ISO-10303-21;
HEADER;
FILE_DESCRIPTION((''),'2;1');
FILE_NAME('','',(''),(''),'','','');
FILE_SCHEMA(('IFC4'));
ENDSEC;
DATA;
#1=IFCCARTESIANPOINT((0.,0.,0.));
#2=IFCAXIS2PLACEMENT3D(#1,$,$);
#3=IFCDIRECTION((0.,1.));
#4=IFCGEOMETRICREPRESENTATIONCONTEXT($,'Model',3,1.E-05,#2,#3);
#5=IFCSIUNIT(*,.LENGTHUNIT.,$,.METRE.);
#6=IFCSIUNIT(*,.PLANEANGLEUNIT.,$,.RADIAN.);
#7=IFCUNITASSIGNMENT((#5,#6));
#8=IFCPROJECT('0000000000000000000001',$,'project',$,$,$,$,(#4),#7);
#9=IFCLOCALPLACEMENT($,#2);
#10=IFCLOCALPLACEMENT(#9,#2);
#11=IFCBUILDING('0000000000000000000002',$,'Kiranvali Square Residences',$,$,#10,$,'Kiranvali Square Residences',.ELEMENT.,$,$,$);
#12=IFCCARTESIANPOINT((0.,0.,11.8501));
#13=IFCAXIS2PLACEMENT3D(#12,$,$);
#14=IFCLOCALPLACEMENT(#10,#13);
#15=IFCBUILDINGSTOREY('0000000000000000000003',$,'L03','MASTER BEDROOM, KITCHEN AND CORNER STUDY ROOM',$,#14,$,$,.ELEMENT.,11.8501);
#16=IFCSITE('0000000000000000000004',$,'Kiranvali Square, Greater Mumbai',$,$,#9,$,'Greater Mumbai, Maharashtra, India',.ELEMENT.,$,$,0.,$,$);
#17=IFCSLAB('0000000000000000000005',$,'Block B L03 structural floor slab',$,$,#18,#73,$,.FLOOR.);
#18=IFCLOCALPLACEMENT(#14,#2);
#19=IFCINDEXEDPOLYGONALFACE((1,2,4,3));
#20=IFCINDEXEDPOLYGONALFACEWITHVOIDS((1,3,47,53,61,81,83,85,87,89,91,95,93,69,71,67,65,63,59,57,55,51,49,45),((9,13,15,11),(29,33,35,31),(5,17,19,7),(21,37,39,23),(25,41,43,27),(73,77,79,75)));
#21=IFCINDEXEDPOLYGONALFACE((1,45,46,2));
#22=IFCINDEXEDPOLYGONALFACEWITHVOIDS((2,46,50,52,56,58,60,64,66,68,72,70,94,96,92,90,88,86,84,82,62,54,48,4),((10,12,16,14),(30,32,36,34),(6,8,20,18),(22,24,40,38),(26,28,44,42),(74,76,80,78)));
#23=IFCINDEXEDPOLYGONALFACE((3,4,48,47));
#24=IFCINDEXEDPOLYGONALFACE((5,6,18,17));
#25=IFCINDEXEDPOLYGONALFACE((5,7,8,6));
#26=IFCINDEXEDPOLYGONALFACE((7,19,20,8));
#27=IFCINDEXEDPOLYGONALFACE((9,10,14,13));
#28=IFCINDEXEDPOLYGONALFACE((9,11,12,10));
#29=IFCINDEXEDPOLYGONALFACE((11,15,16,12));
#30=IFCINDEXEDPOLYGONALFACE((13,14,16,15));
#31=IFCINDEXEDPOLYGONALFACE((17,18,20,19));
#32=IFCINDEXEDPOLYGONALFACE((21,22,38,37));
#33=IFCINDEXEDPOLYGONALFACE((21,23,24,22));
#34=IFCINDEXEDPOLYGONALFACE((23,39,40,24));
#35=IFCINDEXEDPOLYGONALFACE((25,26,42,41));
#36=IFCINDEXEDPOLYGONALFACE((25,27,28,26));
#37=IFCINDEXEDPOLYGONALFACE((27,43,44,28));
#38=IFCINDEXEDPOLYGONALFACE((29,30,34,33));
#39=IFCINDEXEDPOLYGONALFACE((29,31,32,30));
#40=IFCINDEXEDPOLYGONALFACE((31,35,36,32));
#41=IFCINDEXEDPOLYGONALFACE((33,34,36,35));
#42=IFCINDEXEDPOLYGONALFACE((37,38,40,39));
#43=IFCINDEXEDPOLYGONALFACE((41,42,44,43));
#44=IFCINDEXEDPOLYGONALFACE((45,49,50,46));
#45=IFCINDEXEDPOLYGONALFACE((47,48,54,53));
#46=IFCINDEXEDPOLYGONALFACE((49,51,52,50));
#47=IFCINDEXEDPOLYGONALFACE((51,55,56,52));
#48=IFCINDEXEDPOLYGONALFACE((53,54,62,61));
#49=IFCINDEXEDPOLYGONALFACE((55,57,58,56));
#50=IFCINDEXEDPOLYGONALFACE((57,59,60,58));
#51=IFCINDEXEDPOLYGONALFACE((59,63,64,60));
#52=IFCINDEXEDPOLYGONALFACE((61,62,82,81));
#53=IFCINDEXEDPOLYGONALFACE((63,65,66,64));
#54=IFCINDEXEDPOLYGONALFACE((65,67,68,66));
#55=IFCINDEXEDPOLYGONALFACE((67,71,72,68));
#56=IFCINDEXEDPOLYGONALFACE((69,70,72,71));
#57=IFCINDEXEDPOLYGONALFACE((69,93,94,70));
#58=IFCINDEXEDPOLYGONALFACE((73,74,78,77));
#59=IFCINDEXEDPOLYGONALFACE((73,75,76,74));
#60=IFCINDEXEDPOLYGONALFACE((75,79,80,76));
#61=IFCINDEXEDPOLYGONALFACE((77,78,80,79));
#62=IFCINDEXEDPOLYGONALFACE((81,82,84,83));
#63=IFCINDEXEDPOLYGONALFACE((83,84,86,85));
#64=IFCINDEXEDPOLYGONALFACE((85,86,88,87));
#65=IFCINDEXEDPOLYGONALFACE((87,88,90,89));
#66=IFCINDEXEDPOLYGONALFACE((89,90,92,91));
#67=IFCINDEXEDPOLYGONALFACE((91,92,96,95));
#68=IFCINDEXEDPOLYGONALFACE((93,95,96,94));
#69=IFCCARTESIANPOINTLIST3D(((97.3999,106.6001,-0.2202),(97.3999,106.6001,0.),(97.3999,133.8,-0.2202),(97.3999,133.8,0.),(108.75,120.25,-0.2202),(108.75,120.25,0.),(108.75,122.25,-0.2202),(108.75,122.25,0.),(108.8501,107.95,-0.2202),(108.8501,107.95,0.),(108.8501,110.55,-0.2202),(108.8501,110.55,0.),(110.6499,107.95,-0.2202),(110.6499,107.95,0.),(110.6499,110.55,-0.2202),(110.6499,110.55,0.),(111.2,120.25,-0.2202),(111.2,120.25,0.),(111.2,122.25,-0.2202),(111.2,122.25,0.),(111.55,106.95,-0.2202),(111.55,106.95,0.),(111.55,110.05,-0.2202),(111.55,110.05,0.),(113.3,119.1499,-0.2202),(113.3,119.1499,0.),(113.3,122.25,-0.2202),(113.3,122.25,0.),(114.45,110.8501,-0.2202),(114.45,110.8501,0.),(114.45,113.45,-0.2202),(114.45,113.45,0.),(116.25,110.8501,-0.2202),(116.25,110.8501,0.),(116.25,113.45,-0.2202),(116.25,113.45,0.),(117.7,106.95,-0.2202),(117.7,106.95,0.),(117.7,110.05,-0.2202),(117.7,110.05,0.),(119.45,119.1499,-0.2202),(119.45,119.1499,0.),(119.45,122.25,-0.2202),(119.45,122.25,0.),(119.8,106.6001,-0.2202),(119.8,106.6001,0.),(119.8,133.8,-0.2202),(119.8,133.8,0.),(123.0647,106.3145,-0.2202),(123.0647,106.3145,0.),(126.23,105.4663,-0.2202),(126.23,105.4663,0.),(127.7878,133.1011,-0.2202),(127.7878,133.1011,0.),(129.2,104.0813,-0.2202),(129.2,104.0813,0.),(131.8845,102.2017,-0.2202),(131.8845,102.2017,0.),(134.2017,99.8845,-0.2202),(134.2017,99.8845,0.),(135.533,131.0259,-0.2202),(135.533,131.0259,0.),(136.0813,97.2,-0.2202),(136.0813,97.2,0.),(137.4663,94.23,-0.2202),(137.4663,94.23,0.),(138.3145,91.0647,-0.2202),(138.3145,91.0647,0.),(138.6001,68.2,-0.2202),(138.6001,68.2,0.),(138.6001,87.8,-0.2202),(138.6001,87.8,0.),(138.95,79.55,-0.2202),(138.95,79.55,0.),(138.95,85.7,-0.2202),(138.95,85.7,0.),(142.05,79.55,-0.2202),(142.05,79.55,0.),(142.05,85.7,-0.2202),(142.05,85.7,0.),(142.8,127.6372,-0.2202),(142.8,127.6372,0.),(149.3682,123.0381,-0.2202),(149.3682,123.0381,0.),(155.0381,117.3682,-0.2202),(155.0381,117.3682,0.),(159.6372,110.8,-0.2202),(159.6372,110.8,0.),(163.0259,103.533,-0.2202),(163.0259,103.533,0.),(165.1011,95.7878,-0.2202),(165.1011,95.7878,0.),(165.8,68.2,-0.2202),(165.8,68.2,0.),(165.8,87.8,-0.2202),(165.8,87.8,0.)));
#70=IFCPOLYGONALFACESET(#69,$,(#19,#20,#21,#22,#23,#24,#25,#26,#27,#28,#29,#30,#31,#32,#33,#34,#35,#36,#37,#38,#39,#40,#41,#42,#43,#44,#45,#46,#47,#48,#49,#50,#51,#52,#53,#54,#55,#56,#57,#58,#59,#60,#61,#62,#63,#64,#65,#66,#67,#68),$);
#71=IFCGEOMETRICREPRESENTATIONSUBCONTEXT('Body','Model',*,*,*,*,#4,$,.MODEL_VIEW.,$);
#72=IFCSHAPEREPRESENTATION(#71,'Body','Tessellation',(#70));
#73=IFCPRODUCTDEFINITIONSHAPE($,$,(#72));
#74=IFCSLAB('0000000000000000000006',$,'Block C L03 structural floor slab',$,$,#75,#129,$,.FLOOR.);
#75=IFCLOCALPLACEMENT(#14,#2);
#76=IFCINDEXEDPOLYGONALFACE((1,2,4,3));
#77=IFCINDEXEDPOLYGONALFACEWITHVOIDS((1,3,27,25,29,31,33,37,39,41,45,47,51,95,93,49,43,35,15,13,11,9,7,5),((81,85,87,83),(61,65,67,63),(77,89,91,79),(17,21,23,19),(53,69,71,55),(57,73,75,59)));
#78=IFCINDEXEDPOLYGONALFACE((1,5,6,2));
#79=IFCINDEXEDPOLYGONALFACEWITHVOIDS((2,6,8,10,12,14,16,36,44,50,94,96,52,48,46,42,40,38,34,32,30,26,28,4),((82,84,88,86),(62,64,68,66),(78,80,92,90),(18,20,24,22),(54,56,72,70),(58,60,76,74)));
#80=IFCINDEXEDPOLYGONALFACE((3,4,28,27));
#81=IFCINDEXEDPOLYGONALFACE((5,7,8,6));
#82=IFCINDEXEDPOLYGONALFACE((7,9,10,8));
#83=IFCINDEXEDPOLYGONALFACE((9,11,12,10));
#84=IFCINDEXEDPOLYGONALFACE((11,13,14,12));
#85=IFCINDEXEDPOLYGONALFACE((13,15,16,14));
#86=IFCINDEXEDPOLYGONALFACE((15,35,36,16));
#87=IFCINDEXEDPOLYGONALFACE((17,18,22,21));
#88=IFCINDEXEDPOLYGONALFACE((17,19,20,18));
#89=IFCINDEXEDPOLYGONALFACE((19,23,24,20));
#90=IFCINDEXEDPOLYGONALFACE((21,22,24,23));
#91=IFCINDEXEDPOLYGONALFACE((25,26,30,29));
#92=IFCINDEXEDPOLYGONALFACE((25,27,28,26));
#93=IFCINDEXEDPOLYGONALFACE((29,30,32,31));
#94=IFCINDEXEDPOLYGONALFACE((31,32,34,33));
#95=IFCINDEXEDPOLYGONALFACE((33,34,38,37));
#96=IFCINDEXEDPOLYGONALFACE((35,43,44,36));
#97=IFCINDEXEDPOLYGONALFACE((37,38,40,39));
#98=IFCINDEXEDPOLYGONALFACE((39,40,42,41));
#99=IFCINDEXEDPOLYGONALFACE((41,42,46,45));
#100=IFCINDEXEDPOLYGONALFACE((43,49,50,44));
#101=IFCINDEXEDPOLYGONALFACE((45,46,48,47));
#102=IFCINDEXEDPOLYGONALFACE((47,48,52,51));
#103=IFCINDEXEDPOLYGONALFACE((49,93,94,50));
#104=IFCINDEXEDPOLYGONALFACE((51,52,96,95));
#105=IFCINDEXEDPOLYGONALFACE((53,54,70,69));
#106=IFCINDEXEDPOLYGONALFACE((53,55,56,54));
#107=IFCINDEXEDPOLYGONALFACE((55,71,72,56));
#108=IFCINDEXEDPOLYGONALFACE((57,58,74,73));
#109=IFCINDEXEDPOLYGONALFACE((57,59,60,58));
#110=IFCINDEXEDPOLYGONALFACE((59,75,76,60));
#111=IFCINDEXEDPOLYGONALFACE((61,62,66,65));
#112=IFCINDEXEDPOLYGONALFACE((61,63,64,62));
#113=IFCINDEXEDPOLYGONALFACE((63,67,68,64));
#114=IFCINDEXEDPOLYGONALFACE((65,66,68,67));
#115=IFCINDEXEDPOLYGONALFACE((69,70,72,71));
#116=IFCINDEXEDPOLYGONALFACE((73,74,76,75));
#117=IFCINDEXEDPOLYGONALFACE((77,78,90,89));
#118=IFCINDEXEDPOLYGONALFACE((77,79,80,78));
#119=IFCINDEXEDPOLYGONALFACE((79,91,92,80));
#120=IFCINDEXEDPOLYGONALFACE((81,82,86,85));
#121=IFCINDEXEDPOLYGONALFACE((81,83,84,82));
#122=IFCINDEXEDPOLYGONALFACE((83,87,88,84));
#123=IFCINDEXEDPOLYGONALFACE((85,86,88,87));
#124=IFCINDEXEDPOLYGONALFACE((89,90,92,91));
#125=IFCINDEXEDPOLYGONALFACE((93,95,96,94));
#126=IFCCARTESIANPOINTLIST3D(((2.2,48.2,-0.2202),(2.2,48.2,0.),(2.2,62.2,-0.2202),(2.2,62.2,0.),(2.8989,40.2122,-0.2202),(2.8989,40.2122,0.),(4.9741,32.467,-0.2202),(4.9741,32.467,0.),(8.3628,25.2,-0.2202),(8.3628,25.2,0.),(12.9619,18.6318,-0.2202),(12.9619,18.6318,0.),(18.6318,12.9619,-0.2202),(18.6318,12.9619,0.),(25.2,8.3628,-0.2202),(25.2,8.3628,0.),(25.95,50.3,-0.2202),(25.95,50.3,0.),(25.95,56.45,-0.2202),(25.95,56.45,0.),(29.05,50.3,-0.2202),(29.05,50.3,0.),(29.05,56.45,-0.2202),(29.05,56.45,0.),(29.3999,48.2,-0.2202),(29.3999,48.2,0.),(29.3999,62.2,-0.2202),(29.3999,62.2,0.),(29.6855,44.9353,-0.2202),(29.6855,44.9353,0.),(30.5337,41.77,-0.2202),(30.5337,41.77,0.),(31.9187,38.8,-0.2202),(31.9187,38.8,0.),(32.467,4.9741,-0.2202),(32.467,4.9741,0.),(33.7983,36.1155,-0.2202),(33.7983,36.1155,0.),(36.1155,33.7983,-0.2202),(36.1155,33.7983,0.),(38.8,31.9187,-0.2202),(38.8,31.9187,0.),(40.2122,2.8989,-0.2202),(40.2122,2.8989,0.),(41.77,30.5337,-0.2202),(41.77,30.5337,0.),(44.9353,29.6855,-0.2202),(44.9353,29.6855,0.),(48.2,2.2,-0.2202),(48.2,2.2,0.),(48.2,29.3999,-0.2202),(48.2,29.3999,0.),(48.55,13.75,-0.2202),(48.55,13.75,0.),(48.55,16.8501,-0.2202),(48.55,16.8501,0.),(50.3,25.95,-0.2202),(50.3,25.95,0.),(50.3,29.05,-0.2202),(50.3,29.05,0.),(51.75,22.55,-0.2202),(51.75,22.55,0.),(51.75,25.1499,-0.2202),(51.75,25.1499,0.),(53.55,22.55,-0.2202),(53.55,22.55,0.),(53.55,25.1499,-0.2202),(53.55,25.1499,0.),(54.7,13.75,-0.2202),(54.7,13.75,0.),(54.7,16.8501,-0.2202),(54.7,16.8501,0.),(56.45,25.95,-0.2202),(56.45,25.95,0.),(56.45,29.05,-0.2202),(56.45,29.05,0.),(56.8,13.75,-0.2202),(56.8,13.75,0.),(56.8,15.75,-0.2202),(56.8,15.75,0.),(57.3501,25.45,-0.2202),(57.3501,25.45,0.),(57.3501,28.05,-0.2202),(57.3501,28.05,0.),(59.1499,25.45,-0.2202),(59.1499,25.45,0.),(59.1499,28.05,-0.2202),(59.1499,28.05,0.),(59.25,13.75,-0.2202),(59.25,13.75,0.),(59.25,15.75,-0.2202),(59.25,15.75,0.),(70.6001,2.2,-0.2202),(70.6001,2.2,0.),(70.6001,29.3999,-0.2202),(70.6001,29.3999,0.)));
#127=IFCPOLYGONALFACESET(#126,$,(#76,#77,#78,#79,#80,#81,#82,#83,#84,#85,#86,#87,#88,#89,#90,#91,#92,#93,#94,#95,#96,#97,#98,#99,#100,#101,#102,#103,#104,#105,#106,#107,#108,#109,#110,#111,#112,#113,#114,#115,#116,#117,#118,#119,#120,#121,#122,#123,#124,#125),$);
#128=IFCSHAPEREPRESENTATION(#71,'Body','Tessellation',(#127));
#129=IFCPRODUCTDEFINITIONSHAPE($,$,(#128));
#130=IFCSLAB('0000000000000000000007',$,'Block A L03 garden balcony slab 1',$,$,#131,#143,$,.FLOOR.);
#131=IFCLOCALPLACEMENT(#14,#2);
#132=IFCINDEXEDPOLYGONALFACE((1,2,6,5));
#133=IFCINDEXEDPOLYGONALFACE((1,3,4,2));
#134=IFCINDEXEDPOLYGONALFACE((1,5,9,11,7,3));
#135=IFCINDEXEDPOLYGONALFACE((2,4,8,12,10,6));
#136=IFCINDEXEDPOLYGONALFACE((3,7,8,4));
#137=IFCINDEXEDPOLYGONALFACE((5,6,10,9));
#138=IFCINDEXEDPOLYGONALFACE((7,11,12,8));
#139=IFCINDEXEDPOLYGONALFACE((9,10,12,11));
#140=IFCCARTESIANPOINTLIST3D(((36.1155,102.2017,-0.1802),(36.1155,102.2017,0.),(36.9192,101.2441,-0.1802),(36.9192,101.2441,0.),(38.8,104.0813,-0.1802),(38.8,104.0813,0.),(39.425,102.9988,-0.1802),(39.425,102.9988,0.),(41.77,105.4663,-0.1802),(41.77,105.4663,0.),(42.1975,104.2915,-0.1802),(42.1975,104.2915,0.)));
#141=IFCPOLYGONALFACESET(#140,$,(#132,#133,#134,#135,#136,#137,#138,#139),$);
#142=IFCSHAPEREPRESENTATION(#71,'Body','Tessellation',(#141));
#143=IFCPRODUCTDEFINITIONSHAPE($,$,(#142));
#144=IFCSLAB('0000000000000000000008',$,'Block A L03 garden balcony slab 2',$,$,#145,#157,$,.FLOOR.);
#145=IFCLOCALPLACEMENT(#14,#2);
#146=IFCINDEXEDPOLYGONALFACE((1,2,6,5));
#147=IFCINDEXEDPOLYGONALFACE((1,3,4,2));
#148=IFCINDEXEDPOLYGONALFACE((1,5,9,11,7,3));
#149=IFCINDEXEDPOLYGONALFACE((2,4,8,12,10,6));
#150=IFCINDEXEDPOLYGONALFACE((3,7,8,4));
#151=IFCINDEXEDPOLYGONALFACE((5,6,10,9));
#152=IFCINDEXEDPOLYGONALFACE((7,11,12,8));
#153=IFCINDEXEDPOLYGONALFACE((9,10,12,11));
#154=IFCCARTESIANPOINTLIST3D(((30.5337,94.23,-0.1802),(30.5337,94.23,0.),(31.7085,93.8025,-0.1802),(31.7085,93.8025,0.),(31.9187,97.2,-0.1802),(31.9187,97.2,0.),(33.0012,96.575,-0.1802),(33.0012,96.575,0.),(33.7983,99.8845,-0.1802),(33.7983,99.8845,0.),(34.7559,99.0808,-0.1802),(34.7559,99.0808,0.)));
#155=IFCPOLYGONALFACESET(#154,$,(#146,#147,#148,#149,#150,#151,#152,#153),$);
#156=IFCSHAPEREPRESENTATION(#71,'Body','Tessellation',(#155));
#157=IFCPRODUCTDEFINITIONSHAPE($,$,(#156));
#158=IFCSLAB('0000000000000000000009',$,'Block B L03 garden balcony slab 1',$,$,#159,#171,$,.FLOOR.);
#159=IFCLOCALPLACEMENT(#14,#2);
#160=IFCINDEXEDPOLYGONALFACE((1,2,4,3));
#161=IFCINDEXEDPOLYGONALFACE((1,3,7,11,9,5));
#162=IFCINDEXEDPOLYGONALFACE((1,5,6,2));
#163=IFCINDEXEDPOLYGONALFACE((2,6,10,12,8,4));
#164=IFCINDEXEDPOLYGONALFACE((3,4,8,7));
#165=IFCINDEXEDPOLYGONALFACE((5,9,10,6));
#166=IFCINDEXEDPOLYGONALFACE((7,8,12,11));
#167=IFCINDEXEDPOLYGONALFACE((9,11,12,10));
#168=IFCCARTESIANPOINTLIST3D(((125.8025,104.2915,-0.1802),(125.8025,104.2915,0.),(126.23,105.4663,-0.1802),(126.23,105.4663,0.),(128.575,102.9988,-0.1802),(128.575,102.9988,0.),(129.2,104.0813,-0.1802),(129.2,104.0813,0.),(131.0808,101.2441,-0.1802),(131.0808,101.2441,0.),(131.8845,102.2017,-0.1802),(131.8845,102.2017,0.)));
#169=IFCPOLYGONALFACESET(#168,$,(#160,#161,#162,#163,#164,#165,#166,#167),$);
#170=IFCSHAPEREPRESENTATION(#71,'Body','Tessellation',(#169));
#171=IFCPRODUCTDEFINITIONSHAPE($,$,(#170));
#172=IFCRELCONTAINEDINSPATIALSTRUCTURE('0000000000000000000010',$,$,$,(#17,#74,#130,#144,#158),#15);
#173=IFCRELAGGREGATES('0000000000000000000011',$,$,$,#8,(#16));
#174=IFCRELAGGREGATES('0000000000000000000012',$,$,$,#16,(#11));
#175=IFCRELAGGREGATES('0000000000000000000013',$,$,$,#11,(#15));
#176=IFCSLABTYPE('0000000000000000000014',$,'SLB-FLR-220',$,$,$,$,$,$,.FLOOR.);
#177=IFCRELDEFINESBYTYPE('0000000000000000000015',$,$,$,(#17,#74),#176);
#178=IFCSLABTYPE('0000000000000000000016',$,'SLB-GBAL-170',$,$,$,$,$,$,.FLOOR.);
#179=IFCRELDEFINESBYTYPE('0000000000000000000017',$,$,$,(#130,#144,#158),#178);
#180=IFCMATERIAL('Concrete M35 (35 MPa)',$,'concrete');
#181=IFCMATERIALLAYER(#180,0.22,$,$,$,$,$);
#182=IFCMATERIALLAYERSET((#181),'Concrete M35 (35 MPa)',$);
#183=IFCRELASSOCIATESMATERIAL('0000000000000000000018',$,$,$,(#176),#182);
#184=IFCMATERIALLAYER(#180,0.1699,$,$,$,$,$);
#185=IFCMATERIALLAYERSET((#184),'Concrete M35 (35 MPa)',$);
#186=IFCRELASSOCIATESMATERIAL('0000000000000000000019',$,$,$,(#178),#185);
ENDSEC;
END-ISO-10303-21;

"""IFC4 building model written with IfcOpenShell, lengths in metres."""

from ifc_helpers import new_model, si_unit, direction, frame, origin, place, context, subcontext, project, spatial, polyline, outline, extrude, material, layer, layer_set, type_object, element, save


model = new_model("IFC4")

# Units and contexts
model_context = context("Model", 3, precision=1e-05, world=origin(), true_north=direction((0.0, 1.0)))
body_context = subcontext(model_context, "Body", "Model", "MODEL_VIEW")
ifc_project = project(units=[si_unit("LENGTHUNIT", "METRE"), si_unit("PLANEANGLEUNIT", "RADIAN")], contexts=[model_context])

# Site, building, storey
site_placement = place(None, origin())
site = spatial("IfcSite", under=ifc_project, at=site_placement, Name="Kiranvali Square, Greater Mumbai", LongName="Greater Mumbai, Maharashtra, India", CompositionType="ELEMENT", RefElevation=0.0)
building_placement = place(site_placement, origin())
building = spatial("IfcBuilding", under=site, at=building_placement, Name="Kiranvali Square Residences", LongName="Kiranvali Square Residences", CompositionType="ELEMENT")
storey_placement = place(building_placement, frame((0.0, 0.0, 11.8501)))
storey = spatial("IfcBuildingStorey", under=building, at=storey_placement, Name="L03", Description="MASTER BEDROOM, KITCHEN AND CORNER STUDY ROOM", CompositionType="ELEMENT", Elevation=11.8501)

# Slabs
ifc_material_1 = material(Name="Concrete M35 (35 MPa)", Category="concrete")
ifc_layer_1 = layer(ifc_material_1, 0.22)
ifc_layer_set_1 = layer_set([ifc_layer_1], Name="Concrete M35 (35 MPa)")
slab_type_1 = type_object("IfcSlabType", Name="SLB-FLR-220", PredefinedType="FLOOR", material=ifc_layer_set_1)
slab_1_placement = place(storey_placement, frame((0.0, 0.0, -0.2202)))
element("IfcSlab", 1, at=slab_1_placement, inside=storey, type_object=slab_type_1, Name="Block B L03 structural floor slab", PredefinedType="FLOOR", context=body_context, shape_type="SweptSolid", body=[
    extrude(outline(polyline([(119.8, 106.6001), (123.0647, 106.3145), (126.23, 105.4663), (129.2, 104.0813), (131.8845, 102.2017), (134.2017, 99.8845), (136.0813, 97.2), (137.4663, 94.23), (138.3145, 91.0647), (138.6001, 87.8), (138.6001, 68.2), (165.8, 68.2), (165.8, 87.8), (165.1011, 95.7878), (163.0259, 103.533), (159.6372, 110.8), (155.0381, 117.3682), (149.3682, 123.0381), (142.8, 127.6372), (135.533, 131.0259), (127.7878, 133.1011), (119.8, 133.8), (97.3999, 133.8), (97.3999, 106.6001), (119.8, 106.6001)]), holes=[polyline([(108.75, 120.25), (111.2, 120.25), (111.2, 122.25), (108.75, 122.25), (108.75, 120.25)]), polyline([(108.8501, 107.95), (110.6499, 107.95), (110.6499, 110.55), (108.8501, 110.55), (108.8501, 107.95)]), polyline([(114.45, 110.8501), (116.25, 110.8501), (116.25, 113.45), (114.45, 113.45), (114.45, 110.8501)]), polyline([(113.3, 119.1499), (119.45, 119.1499), (119.45, 122.25), (113.3, 122.25), (113.3, 119.1499)]), polyline([(117.7, 110.05), (111.55, 110.05), (111.55, 106.95), (117.7, 106.95), (117.7, 110.05)]), polyline([(138.95, 85.7), (138.95, 79.55), (142.05, 79.55), (142.05, 85.7), (138.95, 85.7)])]), origin(), (0.0, 0.0, 1.0), 0.2202),
])
slab_2_placement = place(storey_placement, frame((0.0, 0.0, -0.2202)))
element("IfcSlab", 2, at=slab_2_placement, inside=storey, type_object=slab_type_1, Name="Block C L03 structural floor slab", PredefinedType="FLOOR", context=body_context, shape_type="SweptSolid", body=[
    extrude(outline(polyline([(48.2, 29.3999), (44.9353, 29.6855), (41.77, 30.5337), (38.8, 31.9187), (36.1155, 33.7983), (33.7983, 36.1155), (31.9187, 38.8), (30.5337, 41.77), (29.6855, 44.9353), (29.3999, 48.2), (29.3999, 62.2), (2.2, 62.2), (2.2, 48.2), (2.8989, 40.2122), (4.9741, 32.467), (8.3628, 25.2), (12.9619, 18.6318), (18.6318, 12.9619), (25.2, 8.3628), (32.467, 4.9741), (40.2122, 2.8989), (48.2, 2.2), (70.6001, 2.2), (70.6001, 29.3999), (48.2, 29.3999)]), holes=[polyline([(56.8, 13.75), (59.25, 13.75), (59.25, 15.75), (56.8, 15.75), (56.8, 13.75)]), polyline([(57.3501, 25.45), (59.1499, 25.45), (59.1499, 28.05), (57.3501, 28.05), (57.3501, 25.45)]), polyline([(51.75, 22.55), (53.55, 22.55), (53.55, 25.1499), (51.75, 25.1499), (51.75, 22.55)]), polyline([(54.7, 16.8501), (48.55, 16.8501), (48.55, 13.75), (54.7, 13.75), (54.7, 16.8501)]), polyline([(50.3, 25.95), (56.45, 25.95), (56.45, 29.05), (50.3, 29.05), (50.3, 25.95)]), polyline([(29.05, 50.3), (29.05, 56.45), (25.95, 56.45), (25.95, 50.3), (29.05, 50.3)])]), origin(), (0.0, 0.0, 1.0), 0.2202),
])
ifc_layer_2 = layer(ifc_material_1, 0.1699)
ifc_layer_set_2 = layer_set([ifc_layer_2], Name="Concrete M35 (35 MPa)")
slab_type_2 = type_object("IfcSlabType", Name="SLB-GBAL-170", PredefinedType="FLOOR", material=ifc_layer_set_2)
slab_3_placement = place(storey_placement, frame((0.0, 0.0, -0.1802)))
element("IfcSlab", 3, at=slab_3_placement, inside=storey, type_object=slab_type_2, Name="Block A L03 garden balcony slab 1", PredefinedType="FLOOR", context=body_context, shape_type="SweptSolid", body=[
    extrude(outline(polyline([(41.77, 105.4663), (38.8, 104.0813), (36.1155, 102.2017), (36.9192, 101.2441), (39.425, 102.9988), (42.1975, 104.2915), (41.77, 105.4663)])), origin(), (0.0, 0.0, 1.0), 0.1802),
])
slab_4_placement = place(storey_placement, frame((0.0, 0.0, -0.1802)))
element("IfcSlab", 4, at=slab_4_placement, inside=storey, type_object=slab_type_2, Name="Block A L03 garden balcony slab 2", PredefinedType="FLOOR", context=body_context, shape_type="SweptSolid", body=[
    extrude(outline(polyline([(33.7983, 99.8845), (31.9187, 97.2), (30.5337, 94.23), (31.7085, 93.8025), (33.0012, 96.575), (34.7559, 99.0808), (33.7983, 99.8845)])), origin(), (0.0, 0.0, 1.0), 0.1802),
])
slab_5_placement = place(storey_placement, frame((0.0, 0.0, -0.1802)))
element("IfcSlab", 5, at=slab_5_placement, inside=storey, type_object=slab_type_2, Name="Block B L03 garden balcony slab 1", PredefinedType="FLOOR", context=body_context, shape_type="SweptSolid", body=[
    extrude(outline(polyline([(125.8025, 104.2915), (128.575, 102.9988), (131.0808, 101.2441), (131.8845, 102.2017), (129.2, 104.0813), (126.23, 105.4663), (125.8025, 104.2915)])), origin(), (0.0, 0.0, 1.0), 0.1802),
])

save(model, "model.ifc")
